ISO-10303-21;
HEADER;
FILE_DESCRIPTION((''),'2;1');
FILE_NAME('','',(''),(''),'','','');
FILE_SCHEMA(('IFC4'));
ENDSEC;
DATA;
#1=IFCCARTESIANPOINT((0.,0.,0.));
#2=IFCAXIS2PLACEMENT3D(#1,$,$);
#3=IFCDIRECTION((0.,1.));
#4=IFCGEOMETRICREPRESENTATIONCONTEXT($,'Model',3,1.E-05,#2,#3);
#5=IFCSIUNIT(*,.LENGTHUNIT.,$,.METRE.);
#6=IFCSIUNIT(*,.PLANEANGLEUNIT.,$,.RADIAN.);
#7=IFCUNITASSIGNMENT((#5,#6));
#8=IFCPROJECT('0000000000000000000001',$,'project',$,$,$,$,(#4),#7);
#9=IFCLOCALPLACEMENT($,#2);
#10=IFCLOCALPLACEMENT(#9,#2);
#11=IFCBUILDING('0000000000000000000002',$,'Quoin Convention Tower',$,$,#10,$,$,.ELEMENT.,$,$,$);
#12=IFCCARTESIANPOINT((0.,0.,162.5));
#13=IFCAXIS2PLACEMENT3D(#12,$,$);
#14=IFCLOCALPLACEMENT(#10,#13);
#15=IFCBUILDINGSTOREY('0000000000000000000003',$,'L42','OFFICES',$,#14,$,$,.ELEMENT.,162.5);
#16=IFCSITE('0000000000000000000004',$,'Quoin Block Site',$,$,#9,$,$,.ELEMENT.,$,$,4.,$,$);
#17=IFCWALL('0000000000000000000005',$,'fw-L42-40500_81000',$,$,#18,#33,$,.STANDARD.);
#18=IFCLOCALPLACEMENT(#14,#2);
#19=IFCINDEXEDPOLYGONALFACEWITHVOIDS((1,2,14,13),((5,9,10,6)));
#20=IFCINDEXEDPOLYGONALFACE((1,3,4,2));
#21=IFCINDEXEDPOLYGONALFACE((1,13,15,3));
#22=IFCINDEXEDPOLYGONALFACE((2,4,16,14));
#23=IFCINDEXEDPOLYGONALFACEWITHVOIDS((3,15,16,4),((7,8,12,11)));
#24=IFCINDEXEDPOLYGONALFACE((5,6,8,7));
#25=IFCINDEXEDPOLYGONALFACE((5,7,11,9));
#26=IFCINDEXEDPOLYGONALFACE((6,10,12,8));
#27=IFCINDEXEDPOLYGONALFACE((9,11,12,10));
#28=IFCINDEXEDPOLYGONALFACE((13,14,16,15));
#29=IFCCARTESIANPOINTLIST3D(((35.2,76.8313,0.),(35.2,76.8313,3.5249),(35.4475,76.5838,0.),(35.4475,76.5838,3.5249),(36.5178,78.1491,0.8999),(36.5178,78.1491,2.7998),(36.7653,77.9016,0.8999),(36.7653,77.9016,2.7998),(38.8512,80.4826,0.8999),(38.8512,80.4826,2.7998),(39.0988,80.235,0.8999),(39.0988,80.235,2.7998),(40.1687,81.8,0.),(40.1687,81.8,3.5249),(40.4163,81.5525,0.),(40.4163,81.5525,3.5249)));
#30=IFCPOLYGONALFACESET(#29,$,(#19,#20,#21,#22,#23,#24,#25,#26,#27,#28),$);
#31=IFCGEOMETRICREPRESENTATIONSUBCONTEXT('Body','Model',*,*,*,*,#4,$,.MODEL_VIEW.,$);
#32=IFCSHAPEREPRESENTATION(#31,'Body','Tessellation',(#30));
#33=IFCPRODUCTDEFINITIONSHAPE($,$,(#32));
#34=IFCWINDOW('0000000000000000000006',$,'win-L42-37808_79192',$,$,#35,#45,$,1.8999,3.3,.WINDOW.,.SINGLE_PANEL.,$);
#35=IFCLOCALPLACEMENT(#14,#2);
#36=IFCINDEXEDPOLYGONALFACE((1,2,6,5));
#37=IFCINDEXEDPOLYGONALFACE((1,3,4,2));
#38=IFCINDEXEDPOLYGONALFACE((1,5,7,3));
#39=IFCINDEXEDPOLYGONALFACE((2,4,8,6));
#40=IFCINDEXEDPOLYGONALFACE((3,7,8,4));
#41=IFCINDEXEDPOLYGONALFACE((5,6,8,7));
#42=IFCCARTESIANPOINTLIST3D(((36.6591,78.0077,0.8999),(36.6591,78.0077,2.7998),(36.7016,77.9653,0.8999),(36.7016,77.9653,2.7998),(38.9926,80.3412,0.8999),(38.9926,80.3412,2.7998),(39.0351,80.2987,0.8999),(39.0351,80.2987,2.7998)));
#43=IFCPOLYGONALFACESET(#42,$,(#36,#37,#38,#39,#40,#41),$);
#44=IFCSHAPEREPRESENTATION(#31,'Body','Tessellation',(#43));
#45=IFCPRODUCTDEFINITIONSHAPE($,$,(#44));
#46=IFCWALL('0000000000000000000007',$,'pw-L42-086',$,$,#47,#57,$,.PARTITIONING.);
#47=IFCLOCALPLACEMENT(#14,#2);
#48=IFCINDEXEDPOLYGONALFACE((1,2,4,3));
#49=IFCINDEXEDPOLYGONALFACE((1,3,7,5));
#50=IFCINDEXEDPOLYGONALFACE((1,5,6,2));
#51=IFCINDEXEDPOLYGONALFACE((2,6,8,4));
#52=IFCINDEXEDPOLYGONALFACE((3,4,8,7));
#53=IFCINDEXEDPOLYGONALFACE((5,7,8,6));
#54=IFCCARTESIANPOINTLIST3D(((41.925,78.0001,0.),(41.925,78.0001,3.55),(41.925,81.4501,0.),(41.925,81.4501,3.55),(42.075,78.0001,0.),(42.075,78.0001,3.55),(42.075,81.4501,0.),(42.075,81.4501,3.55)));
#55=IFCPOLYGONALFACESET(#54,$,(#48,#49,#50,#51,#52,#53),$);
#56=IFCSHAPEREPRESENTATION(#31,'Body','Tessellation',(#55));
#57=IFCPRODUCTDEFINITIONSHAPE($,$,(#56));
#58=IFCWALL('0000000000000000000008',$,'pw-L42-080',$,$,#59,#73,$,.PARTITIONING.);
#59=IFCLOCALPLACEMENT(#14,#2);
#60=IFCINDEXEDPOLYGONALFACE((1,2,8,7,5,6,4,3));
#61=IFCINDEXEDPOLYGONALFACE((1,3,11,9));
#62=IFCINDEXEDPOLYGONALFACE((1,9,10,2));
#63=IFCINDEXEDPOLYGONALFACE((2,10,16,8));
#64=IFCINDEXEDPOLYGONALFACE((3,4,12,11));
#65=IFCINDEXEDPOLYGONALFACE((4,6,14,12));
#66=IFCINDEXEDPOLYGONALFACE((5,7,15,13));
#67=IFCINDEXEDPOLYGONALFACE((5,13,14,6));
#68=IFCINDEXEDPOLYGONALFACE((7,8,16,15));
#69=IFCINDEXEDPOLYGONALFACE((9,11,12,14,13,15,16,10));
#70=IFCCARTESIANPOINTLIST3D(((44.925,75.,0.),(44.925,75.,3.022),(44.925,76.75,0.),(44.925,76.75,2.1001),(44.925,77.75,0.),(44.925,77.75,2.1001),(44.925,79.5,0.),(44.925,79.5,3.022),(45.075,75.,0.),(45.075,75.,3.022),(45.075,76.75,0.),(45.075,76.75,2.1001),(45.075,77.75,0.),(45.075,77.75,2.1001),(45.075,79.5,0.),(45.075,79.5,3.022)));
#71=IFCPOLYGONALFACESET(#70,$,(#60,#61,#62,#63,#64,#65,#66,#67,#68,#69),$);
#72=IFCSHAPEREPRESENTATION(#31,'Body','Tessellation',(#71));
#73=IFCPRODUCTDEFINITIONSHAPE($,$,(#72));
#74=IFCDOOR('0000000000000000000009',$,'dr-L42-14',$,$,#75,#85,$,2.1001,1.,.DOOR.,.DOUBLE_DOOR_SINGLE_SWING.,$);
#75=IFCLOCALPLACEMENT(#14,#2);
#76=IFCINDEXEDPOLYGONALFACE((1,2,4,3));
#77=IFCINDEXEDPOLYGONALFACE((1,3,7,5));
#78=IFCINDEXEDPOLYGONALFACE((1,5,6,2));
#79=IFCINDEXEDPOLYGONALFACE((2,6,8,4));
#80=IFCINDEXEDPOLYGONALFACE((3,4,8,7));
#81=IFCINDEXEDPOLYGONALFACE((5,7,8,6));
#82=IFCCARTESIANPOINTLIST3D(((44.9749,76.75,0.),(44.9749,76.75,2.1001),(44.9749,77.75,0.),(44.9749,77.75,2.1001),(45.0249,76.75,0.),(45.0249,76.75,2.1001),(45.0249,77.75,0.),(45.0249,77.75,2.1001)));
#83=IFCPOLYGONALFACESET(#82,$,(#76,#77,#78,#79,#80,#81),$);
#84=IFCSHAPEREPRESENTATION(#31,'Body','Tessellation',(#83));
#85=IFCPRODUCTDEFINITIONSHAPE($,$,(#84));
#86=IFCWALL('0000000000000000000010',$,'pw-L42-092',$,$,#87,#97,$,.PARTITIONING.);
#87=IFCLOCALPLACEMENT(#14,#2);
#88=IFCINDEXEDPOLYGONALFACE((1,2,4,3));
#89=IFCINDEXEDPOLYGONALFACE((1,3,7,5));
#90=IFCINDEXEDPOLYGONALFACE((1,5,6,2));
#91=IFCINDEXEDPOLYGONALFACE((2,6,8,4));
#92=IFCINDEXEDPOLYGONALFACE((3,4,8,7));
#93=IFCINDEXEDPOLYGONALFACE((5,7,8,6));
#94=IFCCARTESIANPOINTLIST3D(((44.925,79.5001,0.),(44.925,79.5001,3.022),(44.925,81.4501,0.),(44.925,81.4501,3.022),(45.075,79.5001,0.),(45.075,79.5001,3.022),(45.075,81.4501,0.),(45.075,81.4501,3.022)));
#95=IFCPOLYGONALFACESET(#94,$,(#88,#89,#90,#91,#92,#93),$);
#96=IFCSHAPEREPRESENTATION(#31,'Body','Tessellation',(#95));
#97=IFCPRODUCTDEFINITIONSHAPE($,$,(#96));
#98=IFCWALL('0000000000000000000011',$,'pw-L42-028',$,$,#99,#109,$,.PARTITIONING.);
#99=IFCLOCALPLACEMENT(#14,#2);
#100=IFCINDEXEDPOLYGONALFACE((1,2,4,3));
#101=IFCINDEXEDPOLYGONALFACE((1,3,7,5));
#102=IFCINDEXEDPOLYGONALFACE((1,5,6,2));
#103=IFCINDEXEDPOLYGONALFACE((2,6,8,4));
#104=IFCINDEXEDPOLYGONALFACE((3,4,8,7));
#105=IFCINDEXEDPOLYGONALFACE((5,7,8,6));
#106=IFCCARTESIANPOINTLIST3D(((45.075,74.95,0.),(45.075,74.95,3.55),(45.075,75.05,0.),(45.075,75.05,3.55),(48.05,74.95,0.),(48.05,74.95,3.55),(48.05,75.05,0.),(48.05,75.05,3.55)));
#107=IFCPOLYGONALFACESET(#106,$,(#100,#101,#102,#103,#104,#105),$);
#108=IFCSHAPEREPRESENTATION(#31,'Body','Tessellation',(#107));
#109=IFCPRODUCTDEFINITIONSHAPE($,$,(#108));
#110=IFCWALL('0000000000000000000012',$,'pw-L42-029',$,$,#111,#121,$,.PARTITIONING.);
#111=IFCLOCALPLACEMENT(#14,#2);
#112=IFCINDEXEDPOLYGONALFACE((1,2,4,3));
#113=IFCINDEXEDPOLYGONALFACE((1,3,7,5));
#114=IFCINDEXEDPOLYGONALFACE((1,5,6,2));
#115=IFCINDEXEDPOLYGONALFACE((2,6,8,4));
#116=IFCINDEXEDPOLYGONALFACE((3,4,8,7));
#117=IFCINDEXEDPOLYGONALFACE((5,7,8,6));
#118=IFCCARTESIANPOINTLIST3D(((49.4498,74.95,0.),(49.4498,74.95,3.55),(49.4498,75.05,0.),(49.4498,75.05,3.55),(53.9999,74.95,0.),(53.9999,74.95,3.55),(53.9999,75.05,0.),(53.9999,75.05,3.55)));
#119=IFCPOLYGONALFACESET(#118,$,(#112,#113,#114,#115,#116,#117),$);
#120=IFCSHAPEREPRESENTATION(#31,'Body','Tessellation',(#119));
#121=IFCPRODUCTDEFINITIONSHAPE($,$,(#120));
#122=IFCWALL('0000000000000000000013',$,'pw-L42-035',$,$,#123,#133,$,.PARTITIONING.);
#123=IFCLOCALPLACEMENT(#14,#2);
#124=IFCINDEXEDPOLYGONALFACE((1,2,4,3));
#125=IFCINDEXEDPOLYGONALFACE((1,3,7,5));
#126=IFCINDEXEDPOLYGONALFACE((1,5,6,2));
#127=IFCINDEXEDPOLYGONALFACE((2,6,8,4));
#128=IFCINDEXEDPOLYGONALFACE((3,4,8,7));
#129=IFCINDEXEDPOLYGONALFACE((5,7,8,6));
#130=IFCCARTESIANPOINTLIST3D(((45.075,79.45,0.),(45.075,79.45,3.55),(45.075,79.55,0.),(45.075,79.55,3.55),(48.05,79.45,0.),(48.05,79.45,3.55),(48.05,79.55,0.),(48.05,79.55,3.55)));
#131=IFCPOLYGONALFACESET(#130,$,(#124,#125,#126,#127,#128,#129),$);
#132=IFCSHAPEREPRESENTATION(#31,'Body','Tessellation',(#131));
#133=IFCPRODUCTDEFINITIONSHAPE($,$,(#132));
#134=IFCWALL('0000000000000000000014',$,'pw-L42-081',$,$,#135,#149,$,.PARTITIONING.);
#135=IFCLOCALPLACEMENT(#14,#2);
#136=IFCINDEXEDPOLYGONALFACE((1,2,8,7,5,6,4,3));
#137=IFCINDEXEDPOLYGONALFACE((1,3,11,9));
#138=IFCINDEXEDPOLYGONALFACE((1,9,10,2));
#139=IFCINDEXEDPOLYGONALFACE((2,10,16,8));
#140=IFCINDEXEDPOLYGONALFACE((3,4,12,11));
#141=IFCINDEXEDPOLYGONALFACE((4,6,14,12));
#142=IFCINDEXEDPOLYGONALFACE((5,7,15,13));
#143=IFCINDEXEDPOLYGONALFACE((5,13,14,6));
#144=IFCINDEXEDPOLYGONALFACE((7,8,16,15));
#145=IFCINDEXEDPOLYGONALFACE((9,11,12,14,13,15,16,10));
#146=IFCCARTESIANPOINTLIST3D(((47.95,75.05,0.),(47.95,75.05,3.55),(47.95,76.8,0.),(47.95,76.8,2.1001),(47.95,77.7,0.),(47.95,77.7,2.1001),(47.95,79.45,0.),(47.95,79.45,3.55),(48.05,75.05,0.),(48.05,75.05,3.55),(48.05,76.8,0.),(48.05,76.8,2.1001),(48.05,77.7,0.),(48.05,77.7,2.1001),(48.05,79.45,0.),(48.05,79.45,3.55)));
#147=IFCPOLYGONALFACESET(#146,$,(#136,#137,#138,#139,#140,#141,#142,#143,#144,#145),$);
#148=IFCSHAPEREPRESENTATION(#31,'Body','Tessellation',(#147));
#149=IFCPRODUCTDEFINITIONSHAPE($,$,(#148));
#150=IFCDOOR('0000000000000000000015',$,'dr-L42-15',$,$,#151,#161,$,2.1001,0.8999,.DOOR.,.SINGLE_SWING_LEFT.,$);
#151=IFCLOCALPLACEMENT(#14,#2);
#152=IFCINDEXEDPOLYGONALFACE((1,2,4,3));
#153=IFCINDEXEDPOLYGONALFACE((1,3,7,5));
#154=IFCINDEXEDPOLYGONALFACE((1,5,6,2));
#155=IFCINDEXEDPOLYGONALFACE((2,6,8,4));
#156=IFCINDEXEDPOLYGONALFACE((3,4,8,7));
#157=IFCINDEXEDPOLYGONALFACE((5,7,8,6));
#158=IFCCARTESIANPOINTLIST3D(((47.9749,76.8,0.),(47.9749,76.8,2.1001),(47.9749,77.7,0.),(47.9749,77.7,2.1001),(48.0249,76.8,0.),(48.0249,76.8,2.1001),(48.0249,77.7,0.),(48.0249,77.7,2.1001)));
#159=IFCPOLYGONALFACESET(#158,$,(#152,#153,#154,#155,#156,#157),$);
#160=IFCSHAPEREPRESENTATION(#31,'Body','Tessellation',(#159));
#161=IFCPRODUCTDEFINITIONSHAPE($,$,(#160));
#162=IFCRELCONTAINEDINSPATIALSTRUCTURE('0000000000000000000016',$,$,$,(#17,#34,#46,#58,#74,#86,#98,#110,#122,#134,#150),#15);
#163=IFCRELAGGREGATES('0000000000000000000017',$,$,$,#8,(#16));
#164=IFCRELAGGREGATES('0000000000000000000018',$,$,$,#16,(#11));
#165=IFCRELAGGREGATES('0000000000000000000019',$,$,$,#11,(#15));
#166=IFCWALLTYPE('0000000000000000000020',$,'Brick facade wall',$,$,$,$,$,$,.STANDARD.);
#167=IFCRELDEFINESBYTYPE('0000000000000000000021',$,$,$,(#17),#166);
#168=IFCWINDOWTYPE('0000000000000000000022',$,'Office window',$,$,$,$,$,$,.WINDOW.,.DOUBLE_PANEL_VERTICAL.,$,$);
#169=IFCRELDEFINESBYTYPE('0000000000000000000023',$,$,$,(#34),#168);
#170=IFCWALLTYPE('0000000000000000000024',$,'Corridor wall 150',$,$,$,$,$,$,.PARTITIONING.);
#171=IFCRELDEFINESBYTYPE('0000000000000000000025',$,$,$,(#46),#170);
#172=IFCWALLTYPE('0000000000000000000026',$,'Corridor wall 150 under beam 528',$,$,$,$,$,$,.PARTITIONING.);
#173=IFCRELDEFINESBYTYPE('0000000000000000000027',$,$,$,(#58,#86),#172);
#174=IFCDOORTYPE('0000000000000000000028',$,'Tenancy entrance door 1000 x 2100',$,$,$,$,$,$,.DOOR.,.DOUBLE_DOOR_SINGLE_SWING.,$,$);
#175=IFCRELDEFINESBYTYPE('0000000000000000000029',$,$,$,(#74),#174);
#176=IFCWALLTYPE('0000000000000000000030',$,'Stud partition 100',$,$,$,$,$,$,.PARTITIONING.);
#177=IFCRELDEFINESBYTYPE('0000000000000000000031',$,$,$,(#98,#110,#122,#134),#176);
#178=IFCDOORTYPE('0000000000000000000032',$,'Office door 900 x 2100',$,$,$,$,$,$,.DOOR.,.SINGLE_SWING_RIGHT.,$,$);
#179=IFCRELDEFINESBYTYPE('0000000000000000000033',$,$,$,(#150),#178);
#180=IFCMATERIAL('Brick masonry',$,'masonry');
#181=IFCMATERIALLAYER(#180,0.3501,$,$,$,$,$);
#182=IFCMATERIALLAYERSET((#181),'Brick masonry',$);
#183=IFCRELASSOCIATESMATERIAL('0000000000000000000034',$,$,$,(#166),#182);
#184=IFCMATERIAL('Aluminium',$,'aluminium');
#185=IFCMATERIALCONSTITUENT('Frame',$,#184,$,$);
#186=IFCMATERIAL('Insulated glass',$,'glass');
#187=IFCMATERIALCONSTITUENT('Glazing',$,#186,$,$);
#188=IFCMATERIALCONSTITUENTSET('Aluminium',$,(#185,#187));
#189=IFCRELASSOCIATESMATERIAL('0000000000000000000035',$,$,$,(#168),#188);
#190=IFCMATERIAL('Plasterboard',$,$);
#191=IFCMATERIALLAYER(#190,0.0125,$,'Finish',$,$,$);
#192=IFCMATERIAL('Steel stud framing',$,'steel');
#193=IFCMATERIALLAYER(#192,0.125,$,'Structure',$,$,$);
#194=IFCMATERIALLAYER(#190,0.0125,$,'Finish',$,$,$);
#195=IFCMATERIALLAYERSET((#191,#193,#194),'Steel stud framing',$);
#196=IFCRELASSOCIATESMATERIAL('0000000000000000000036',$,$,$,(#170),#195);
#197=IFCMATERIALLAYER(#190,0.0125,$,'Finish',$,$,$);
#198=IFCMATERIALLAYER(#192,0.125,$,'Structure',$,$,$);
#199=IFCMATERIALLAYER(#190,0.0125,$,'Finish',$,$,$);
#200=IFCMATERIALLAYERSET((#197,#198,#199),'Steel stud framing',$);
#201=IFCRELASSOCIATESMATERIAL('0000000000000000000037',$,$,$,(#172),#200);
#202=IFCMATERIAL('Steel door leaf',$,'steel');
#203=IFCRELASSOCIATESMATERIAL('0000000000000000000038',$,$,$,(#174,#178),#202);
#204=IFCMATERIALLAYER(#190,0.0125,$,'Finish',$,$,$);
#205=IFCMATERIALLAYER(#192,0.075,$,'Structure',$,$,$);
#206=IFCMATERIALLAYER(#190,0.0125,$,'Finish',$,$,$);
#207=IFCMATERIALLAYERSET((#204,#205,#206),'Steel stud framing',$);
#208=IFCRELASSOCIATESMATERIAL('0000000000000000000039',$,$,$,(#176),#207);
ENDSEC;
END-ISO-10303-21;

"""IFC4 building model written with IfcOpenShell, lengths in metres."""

from ifc_helpers import new_model, si_unit, direction, frame, frame_2d, origin, place, context, subcontext, project, spatial, rectangle, extrude, material, layer, layer_set, constituent, constituent_set, type_object, element, fill, save


model = new_model("IFC4")

# Units and contexts
model_context = context("Model", 3, precision=1e-05, world=origin(), true_north=direction((0.0, 1.0)))
body_context = subcontext(model_context, "Body", "Model", "MODEL_VIEW")
ifc_project = project(units=[si_unit("LENGTHUNIT", "METRE"), si_unit("PLANEANGLEUNIT", "RADIAN")], contexts=[model_context])

# Site, building, storey
site_placement = place(None, origin())
site = spatial("IfcSite", under=ifc_project, at=site_placement, Name="Quoin Block Site", CompositionType="ELEMENT", RefElevation=4.0)
building_placement = place(site_placement, origin())
building = spatial("IfcBuilding", under=site, at=building_placement, Name="Quoin Convention Tower", CompositionType="ELEMENT")
storey_placement = place(building_placement, frame((0.0, 0.0, 162.5)))
storey = spatial("IfcBuildingStorey", under=building, at=storey_placement, Name="L42", Description="OFFICES", CompositionType="ELEMENT", Elevation=162.5)

# Wall, opening, window
ifc_material_1 = material(Name="Brick masonry", Category="masonry")
ifc_layer_1 = layer(ifc_material_1, 0.3501)
ifc_layer_set_1 = layer_set([ifc_layer_1], Name="Brick masonry")
wall_type_1 = type_object("IfcWallType", Name="Brick facade wall", PredefinedType="STANDARD", material=ifc_layer_set_1)
wall_1_placement = place(storey_placement, frame((40.2925, 81.6763, 0.0), z_axis=(0.0, 0.0, 1.0), x_axis=(-0.707107, -0.707107, 0.0)))
wall_1 = element("IfcWall", 1, at=wall_1_placement, inside=storey, type_object=wall_type_1, Name="fw-L42-40500_81000", PredefinedType="STANDARD", context=body_context, shape_type="SweptSolid", body=[
    extrude(rectangle(XDim=7.0269, YDim=0.3501, at=frame_2d((3.5134, 0.0))), origin(), (0.0, 0.0, 1.0), 3.5249),
])
opening_1_placement = place(wall_1_placement, frame((1.8633, 0.0, 0.8999)))
opening_1 = element("IfcOpeningElement", 2, at=opening_1_placement, cuts=wall_1, PredefinedType="OPENING", context=body_context, shape_type="SweptSolid", body=[
    extrude(rectangle(XDim=3.3, YDim=1.8999, at=frame_2d((1.6499, 0.95))), frame((0.0, 0.1851, 0.0), z_axis=(0.0, -1.0, 0.0), x_axis=(1.0, 0.0, 0.0)), (0.0, 0.0, 1.0), 0.3701),
])
ifc_material_2 = material(Name="Aluminium", Category="aluminium")
ifc_constituent_1 = constituent(ifc_material_2, Name="Frame")
ifc_material_3 = material(Name="Insulated glass", Category="glass")
ifc_constituent_2 = constituent(ifc_material_3, Name="Glazing")
ifc_constituent_set = constituent_set(constituents=[ifc_constituent_1, ifc_constituent_2], Name="Aluminium")
window_type = type_object("IfcWindowType", Name="Office window", PartitioningType="DOUBLE_PANEL_VERTICAL", PredefinedType="WINDOW", material=ifc_constituent_set)
window_placement = place(opening_1_placement, origin())
window = element("IfcWindow", 3, at=window_placement, inside=storey, type_object=window_type, Name="win-L42-37808_79192", OverallHeight=1.8999, OverallWidth=3.3, PartitioningType="SINGLE_PANEL", PredefinedType="WINDOW", context=body_context, shape_type="SweptSolid", body=[
    extrude(rectangle(XDim=3.3, YDim=1.8999, at=frame_2d((1.6499, 0.95))), frame((0.0, 0.085, 0.0), z_axis=(0.0, -1.0, 0.0), x_axis=(1.0, 0.0, 0.0)), (0.0, 0.0, 1.0), 0.0601),
])
fill(opening_1, window)

# Wall
ifc_material_4 = material(Name="Plasterboard")
ifc_layer_2 = layer(ifc_material_4, 0.0125, Name="Finish")
ifc_material_5 = material(Name="Steel stud framing", Category="steel")
ifc_layer_3 = layer(ifc_material_5, 0.125, Name="Structure")
ifc_layer_4 = layer(ifc_material_4, 0.0125, Name="Finish")
ifc_layer_set_2 = layer_set([ifc_layer_2, ifc_layer_3, ifc_layer_4], Name="Steel stud framing")
wall_type_2 = type_object("IfcWallType", Name="Corridor wall 150", PredefinedType="PARTITIONING", material=ifc_layer_set_2)
wall_2_placement = place(storey_placement, frame((42.0, 78.0, 0.0), z_axis=(0.0, 0.0, 1.0), x_axis=(0.0, 1.0, 0.0)))
element("IfcWall", 4, at=wall_2_placement, inside=storey, type_object=wall_type_2, Name="pw-L42-086", PredefinedType="PARTITIONING", context=body_context, shape_type="SweptSolid", body=[
    extrude(rectangle(XDim=3.45, YDim=0.1499, at=frame_2d((1.7251, 0.0))), origin(), (0.0, 0.0, 1.0), 3.55),
])

# Wall, opening, door
ifc_layer_5 = layer(ifc_material_4, 0.0125, Name="Finish")
ifc_layer_6 = layer(ifc_material_5, 0.125, Name="Structure")
ifc_layer_7 = layer(ifc_material_4, 0.0125, Name="Finish")
ifc_layer_set_3 = layer_set([ifc_layer_5, ifc_layer_6, ifc_layer_7], Name="Steel stud framing")
wall_type_3 = type_object("IfcWallType", Name="Corridor wall 150 under beam 528", PredefinedType="PARTITIONING", material=ifc_layer_set_3)
wall_3_placement = place(storey_placement, frame((45.0, 75.0, 0.0), z_axis=(0.0, 0.0, 1.0), x_axis=(0.0, 1.0, 0.0)))
wall_3 = element("IfcWall", 5, at=wall_3_placement, inside=storey, type_object=wall_type_3, Name="pw-L42-080", PredefinedType="PARTITIONING", context=body_context, shape_type="SweptSolid", body=[
    extrude(rectangle(XDim=4.5, YDim=0.1499, at=frame_2d((2.25, 0.0))), origin(), (0.0, 0.0, 1.0), 3.022),
])
opening_2_placement = place(wall_3_placement, frame((1.75, 0.0, 0.0)))
opening_2 = element("IfcOpeningElement", 6, at=opening_2_placement, cuts=wall_3, PredefinedType="OPENING", context=body_context, shape_type="SweptSolid", body=[
    extrude(rectangle(XDim=1.0, YDim=2.1001, at=frame_2d((0.5, 1.05))), frame((0.0, 0.085, 0.0), z_axis=(0.0, -1.0, 0.0), x_axis=(1.0, 0.0, 0.0)), (0.0, 0.0, 1.0), 0.1699),
])
ifc_material_6 = material(Name="Steel door leaf", Category="steel")
door_type_1 = type_object("IfcDoorType", Name="Tenancy entrance door 1000 x 2100", OperationType="DOUBLE_DOOR_SINGLE_SWING", PredefinedType="DOOR", material=ifc_material_6)
door_1_placement = place(opening_2_placement, frame((1.0, 0.0, 0.0), z_axis=(0.0, 0.0, 1.0), x_axis=(-1.0, 0.0, 0.0)))
door_1 = element("IfcDoor", 7, at=door_1_placement, inside=storey, type_object=door_type_1, Name="dr-L42-14", OperationType="DOUBLE_DOOR_SINGLE_SWING", OverallHeight=2.1001, OverallWidth=1.0, PredefinedType="DOOR", context=body_context, shape_type="SweptSolid", body=[
    extrude(rectangle(XDim=1.0, YDim=2.1001, at=frame_2d((0.5, 1.05))), frame((0.0, 0.0249, 0.0), z_axis=(0.0, -1.0, 0.0), x_axis=(1.0, 0.0, 0.0)), (0.0, 0.0, 1.0), 0.05),
])
fill(opening_2, door_1)

# Walls
wall_4_placement = place(storey_placement, frame((45.0, 79.5, 0.0), z_axis=(0.0, 0.0, 1.0), x_axis=(0.0, 1.0, 0.0)))
element("IfcWall", 8, at=wall_4_placement, inside=storey, type_object=wall_type_3, Name="pw-L42-092", PredefinedType="PARTITIONING", context=body_context, shape_type="SweptSolid", body=[
    extrude(rectangle(XDim=1.95, YDim=0.1499, at=frame_2d((0.9751, 0.0))), origin(), (0.0, 0.0, 1.0), 3.022),
])
ifc_layer_8 = layer(ifc_material_4, 0.0125, Name="Finish")
ifc_layer_9 = layer(ifc_material_5, 0.075, Name="Structure")
ifc_layer_10 = layer(ifc_material_4, 0.0125, Name="Finish")
ifc_layer_set_4 = layer_set([ifc_layer_8, ifc_layer_9, ifc_layer_10], Name="Steel stud framing")
wall_type_4 = type_object("IfcWallType", Name="Stud partition 100", PredefinedType="PARTITIONING", material=ifc_layer_set_4)
wall_5_placement = place(storey_placement, frame((45.075, 75.0, 0.0), z_axis=(0.0, 0.0, 1.0), x_axis=(1.0, 0.0, 0.0)))
element("IfcWall", 9, at=wall_5_placement, inside=storey, type_object=wall_type_4, Name="pw-L42-028", PredefinedType="PARTITIONING", context=body_context, shape_type="SweptSolid", body=[
    extrude(rectangle(XDim=2.9751, YDim=0.1001, at=frame_2d((1.4875, 0.0))), origin(), (0.0, 0.0, 1.0), 3.55),
])
wall_6_placement = place(storey_placement, frame((49.45, 75.0, 0.0), z_axis=(0.0, 0.0, 1.0), x_axis=(1.0, 0.0, 0.0)))
element("IfcWall", 10, at=wall_6_placement, inside=storey, type_object=wall_type_4, Name="pw-L42-029", PredefinedType="PARTITIONING", context=body_context, shape_type="SweptSolid", body=[
    extrude(rectangle(XDim=4.55, YDim=0.1001, at=frame_2d((2.2749, 0.0))), origin(), (0.0, 0.0, 1.0), 3.55),
])
wall_7_placement = place(storey_placement, frame((45.075, 79.5, 0.0), z_axis=(0.0, 0.0, 1.0), x_axis=(1.0, 0.0, 0.0)))
element("IfcWall", 11, at=wall_7_placement, inside=storey, type_object=wall_type_4, Name="pw-L42-035", PredefinedType="PARTITIONING", context=body_context, shape_type="SweptSolid", body=[
    extrude(rectangle(XDim=2.9751, YDim=0.1001, at=frame_2d((1.4875, 0.0))), origin(), (0.0, 0.0, 1.0), 3.55),
])

# Wall, opening, door
wall_8_placement = place(storey_placement, frame((48.0, 75.05, 0.0), z_axis=(0.0, 0.0, 1.0), x_axis=(0.0, 1.0, 0.0)))
wall_8 = element("IfcWall", 12, at=wall_8_placement, inside=storey, type_object=wall_type_4, Name="pw-L42-081", PredefinedType="PARTITIONING", context=body_context, shape_type="SweptSolid", body=[
    extrude(rectangle(XDim=4.3999, YDim=0.1001, at=frame_2d((2.2, 0.0))), origin(), (0.0, 0.0, 1.0), 3.55),
])
opening_3_placement = place(wall_8_placement, frame((1.75, 0.0, 0.0)))
opening_3 = element("IfcOpeningElement", 13, at=opening_3_placement, cuts=wall_8, PredefinedType="OPENING", context=body_context, shape_type="SweptSolid", body=[
    extrude(rectangle(XDim=0.8999, YDim=2.1001, at=frame_2d((0.45, 1.05))), frame((0.0, 0.0601, 0.0), z_axis=(0.0, -1.0, 0.0), x_axis=(1.0, 0.0, 0.0)), (0.0, 0.0, 1.0), 0.1201),
])
door_type_2 = type_object("IfcDoorType", Name="Office door 900 x 2100", OperationType="SINGLE_SWING_RIGHT", PredefinedType="DOOR", material=ifc_material_6)
door_2_placement = place(opening_3_placement, frame((0.8999, 0.0, 0.0), z_axis=(0.0, 0.0, 1.0), x_axis=(-1.0, 0.0, 0.0)))
door_2 = element("IfcDoor", 14, at=door_2_placement, inside=storey, type_object=door_type_2, Name="dr-L42-15", OperationType="SINGLE_SWING_LEFT", OverallHeight=2.1001, OverallWidth=0.8999, PredefinedType="DOOR", context=body_context, shape_type="SweptSolid", body=[
    extrude(rectangle(XDim=0.8999, YDim=2.1001, at=frame_2d((0.45, 1.05))), frame((0.0, 0.0249, 0.0), z_axis=(0.0, -1.0, 0.0), x_axis=(1.0, 0.0, 0.0)), (0.0, 0.0, 1.0), 0.05),
])
fill(opening_3, door_2)

save(model, "model.ifc")
